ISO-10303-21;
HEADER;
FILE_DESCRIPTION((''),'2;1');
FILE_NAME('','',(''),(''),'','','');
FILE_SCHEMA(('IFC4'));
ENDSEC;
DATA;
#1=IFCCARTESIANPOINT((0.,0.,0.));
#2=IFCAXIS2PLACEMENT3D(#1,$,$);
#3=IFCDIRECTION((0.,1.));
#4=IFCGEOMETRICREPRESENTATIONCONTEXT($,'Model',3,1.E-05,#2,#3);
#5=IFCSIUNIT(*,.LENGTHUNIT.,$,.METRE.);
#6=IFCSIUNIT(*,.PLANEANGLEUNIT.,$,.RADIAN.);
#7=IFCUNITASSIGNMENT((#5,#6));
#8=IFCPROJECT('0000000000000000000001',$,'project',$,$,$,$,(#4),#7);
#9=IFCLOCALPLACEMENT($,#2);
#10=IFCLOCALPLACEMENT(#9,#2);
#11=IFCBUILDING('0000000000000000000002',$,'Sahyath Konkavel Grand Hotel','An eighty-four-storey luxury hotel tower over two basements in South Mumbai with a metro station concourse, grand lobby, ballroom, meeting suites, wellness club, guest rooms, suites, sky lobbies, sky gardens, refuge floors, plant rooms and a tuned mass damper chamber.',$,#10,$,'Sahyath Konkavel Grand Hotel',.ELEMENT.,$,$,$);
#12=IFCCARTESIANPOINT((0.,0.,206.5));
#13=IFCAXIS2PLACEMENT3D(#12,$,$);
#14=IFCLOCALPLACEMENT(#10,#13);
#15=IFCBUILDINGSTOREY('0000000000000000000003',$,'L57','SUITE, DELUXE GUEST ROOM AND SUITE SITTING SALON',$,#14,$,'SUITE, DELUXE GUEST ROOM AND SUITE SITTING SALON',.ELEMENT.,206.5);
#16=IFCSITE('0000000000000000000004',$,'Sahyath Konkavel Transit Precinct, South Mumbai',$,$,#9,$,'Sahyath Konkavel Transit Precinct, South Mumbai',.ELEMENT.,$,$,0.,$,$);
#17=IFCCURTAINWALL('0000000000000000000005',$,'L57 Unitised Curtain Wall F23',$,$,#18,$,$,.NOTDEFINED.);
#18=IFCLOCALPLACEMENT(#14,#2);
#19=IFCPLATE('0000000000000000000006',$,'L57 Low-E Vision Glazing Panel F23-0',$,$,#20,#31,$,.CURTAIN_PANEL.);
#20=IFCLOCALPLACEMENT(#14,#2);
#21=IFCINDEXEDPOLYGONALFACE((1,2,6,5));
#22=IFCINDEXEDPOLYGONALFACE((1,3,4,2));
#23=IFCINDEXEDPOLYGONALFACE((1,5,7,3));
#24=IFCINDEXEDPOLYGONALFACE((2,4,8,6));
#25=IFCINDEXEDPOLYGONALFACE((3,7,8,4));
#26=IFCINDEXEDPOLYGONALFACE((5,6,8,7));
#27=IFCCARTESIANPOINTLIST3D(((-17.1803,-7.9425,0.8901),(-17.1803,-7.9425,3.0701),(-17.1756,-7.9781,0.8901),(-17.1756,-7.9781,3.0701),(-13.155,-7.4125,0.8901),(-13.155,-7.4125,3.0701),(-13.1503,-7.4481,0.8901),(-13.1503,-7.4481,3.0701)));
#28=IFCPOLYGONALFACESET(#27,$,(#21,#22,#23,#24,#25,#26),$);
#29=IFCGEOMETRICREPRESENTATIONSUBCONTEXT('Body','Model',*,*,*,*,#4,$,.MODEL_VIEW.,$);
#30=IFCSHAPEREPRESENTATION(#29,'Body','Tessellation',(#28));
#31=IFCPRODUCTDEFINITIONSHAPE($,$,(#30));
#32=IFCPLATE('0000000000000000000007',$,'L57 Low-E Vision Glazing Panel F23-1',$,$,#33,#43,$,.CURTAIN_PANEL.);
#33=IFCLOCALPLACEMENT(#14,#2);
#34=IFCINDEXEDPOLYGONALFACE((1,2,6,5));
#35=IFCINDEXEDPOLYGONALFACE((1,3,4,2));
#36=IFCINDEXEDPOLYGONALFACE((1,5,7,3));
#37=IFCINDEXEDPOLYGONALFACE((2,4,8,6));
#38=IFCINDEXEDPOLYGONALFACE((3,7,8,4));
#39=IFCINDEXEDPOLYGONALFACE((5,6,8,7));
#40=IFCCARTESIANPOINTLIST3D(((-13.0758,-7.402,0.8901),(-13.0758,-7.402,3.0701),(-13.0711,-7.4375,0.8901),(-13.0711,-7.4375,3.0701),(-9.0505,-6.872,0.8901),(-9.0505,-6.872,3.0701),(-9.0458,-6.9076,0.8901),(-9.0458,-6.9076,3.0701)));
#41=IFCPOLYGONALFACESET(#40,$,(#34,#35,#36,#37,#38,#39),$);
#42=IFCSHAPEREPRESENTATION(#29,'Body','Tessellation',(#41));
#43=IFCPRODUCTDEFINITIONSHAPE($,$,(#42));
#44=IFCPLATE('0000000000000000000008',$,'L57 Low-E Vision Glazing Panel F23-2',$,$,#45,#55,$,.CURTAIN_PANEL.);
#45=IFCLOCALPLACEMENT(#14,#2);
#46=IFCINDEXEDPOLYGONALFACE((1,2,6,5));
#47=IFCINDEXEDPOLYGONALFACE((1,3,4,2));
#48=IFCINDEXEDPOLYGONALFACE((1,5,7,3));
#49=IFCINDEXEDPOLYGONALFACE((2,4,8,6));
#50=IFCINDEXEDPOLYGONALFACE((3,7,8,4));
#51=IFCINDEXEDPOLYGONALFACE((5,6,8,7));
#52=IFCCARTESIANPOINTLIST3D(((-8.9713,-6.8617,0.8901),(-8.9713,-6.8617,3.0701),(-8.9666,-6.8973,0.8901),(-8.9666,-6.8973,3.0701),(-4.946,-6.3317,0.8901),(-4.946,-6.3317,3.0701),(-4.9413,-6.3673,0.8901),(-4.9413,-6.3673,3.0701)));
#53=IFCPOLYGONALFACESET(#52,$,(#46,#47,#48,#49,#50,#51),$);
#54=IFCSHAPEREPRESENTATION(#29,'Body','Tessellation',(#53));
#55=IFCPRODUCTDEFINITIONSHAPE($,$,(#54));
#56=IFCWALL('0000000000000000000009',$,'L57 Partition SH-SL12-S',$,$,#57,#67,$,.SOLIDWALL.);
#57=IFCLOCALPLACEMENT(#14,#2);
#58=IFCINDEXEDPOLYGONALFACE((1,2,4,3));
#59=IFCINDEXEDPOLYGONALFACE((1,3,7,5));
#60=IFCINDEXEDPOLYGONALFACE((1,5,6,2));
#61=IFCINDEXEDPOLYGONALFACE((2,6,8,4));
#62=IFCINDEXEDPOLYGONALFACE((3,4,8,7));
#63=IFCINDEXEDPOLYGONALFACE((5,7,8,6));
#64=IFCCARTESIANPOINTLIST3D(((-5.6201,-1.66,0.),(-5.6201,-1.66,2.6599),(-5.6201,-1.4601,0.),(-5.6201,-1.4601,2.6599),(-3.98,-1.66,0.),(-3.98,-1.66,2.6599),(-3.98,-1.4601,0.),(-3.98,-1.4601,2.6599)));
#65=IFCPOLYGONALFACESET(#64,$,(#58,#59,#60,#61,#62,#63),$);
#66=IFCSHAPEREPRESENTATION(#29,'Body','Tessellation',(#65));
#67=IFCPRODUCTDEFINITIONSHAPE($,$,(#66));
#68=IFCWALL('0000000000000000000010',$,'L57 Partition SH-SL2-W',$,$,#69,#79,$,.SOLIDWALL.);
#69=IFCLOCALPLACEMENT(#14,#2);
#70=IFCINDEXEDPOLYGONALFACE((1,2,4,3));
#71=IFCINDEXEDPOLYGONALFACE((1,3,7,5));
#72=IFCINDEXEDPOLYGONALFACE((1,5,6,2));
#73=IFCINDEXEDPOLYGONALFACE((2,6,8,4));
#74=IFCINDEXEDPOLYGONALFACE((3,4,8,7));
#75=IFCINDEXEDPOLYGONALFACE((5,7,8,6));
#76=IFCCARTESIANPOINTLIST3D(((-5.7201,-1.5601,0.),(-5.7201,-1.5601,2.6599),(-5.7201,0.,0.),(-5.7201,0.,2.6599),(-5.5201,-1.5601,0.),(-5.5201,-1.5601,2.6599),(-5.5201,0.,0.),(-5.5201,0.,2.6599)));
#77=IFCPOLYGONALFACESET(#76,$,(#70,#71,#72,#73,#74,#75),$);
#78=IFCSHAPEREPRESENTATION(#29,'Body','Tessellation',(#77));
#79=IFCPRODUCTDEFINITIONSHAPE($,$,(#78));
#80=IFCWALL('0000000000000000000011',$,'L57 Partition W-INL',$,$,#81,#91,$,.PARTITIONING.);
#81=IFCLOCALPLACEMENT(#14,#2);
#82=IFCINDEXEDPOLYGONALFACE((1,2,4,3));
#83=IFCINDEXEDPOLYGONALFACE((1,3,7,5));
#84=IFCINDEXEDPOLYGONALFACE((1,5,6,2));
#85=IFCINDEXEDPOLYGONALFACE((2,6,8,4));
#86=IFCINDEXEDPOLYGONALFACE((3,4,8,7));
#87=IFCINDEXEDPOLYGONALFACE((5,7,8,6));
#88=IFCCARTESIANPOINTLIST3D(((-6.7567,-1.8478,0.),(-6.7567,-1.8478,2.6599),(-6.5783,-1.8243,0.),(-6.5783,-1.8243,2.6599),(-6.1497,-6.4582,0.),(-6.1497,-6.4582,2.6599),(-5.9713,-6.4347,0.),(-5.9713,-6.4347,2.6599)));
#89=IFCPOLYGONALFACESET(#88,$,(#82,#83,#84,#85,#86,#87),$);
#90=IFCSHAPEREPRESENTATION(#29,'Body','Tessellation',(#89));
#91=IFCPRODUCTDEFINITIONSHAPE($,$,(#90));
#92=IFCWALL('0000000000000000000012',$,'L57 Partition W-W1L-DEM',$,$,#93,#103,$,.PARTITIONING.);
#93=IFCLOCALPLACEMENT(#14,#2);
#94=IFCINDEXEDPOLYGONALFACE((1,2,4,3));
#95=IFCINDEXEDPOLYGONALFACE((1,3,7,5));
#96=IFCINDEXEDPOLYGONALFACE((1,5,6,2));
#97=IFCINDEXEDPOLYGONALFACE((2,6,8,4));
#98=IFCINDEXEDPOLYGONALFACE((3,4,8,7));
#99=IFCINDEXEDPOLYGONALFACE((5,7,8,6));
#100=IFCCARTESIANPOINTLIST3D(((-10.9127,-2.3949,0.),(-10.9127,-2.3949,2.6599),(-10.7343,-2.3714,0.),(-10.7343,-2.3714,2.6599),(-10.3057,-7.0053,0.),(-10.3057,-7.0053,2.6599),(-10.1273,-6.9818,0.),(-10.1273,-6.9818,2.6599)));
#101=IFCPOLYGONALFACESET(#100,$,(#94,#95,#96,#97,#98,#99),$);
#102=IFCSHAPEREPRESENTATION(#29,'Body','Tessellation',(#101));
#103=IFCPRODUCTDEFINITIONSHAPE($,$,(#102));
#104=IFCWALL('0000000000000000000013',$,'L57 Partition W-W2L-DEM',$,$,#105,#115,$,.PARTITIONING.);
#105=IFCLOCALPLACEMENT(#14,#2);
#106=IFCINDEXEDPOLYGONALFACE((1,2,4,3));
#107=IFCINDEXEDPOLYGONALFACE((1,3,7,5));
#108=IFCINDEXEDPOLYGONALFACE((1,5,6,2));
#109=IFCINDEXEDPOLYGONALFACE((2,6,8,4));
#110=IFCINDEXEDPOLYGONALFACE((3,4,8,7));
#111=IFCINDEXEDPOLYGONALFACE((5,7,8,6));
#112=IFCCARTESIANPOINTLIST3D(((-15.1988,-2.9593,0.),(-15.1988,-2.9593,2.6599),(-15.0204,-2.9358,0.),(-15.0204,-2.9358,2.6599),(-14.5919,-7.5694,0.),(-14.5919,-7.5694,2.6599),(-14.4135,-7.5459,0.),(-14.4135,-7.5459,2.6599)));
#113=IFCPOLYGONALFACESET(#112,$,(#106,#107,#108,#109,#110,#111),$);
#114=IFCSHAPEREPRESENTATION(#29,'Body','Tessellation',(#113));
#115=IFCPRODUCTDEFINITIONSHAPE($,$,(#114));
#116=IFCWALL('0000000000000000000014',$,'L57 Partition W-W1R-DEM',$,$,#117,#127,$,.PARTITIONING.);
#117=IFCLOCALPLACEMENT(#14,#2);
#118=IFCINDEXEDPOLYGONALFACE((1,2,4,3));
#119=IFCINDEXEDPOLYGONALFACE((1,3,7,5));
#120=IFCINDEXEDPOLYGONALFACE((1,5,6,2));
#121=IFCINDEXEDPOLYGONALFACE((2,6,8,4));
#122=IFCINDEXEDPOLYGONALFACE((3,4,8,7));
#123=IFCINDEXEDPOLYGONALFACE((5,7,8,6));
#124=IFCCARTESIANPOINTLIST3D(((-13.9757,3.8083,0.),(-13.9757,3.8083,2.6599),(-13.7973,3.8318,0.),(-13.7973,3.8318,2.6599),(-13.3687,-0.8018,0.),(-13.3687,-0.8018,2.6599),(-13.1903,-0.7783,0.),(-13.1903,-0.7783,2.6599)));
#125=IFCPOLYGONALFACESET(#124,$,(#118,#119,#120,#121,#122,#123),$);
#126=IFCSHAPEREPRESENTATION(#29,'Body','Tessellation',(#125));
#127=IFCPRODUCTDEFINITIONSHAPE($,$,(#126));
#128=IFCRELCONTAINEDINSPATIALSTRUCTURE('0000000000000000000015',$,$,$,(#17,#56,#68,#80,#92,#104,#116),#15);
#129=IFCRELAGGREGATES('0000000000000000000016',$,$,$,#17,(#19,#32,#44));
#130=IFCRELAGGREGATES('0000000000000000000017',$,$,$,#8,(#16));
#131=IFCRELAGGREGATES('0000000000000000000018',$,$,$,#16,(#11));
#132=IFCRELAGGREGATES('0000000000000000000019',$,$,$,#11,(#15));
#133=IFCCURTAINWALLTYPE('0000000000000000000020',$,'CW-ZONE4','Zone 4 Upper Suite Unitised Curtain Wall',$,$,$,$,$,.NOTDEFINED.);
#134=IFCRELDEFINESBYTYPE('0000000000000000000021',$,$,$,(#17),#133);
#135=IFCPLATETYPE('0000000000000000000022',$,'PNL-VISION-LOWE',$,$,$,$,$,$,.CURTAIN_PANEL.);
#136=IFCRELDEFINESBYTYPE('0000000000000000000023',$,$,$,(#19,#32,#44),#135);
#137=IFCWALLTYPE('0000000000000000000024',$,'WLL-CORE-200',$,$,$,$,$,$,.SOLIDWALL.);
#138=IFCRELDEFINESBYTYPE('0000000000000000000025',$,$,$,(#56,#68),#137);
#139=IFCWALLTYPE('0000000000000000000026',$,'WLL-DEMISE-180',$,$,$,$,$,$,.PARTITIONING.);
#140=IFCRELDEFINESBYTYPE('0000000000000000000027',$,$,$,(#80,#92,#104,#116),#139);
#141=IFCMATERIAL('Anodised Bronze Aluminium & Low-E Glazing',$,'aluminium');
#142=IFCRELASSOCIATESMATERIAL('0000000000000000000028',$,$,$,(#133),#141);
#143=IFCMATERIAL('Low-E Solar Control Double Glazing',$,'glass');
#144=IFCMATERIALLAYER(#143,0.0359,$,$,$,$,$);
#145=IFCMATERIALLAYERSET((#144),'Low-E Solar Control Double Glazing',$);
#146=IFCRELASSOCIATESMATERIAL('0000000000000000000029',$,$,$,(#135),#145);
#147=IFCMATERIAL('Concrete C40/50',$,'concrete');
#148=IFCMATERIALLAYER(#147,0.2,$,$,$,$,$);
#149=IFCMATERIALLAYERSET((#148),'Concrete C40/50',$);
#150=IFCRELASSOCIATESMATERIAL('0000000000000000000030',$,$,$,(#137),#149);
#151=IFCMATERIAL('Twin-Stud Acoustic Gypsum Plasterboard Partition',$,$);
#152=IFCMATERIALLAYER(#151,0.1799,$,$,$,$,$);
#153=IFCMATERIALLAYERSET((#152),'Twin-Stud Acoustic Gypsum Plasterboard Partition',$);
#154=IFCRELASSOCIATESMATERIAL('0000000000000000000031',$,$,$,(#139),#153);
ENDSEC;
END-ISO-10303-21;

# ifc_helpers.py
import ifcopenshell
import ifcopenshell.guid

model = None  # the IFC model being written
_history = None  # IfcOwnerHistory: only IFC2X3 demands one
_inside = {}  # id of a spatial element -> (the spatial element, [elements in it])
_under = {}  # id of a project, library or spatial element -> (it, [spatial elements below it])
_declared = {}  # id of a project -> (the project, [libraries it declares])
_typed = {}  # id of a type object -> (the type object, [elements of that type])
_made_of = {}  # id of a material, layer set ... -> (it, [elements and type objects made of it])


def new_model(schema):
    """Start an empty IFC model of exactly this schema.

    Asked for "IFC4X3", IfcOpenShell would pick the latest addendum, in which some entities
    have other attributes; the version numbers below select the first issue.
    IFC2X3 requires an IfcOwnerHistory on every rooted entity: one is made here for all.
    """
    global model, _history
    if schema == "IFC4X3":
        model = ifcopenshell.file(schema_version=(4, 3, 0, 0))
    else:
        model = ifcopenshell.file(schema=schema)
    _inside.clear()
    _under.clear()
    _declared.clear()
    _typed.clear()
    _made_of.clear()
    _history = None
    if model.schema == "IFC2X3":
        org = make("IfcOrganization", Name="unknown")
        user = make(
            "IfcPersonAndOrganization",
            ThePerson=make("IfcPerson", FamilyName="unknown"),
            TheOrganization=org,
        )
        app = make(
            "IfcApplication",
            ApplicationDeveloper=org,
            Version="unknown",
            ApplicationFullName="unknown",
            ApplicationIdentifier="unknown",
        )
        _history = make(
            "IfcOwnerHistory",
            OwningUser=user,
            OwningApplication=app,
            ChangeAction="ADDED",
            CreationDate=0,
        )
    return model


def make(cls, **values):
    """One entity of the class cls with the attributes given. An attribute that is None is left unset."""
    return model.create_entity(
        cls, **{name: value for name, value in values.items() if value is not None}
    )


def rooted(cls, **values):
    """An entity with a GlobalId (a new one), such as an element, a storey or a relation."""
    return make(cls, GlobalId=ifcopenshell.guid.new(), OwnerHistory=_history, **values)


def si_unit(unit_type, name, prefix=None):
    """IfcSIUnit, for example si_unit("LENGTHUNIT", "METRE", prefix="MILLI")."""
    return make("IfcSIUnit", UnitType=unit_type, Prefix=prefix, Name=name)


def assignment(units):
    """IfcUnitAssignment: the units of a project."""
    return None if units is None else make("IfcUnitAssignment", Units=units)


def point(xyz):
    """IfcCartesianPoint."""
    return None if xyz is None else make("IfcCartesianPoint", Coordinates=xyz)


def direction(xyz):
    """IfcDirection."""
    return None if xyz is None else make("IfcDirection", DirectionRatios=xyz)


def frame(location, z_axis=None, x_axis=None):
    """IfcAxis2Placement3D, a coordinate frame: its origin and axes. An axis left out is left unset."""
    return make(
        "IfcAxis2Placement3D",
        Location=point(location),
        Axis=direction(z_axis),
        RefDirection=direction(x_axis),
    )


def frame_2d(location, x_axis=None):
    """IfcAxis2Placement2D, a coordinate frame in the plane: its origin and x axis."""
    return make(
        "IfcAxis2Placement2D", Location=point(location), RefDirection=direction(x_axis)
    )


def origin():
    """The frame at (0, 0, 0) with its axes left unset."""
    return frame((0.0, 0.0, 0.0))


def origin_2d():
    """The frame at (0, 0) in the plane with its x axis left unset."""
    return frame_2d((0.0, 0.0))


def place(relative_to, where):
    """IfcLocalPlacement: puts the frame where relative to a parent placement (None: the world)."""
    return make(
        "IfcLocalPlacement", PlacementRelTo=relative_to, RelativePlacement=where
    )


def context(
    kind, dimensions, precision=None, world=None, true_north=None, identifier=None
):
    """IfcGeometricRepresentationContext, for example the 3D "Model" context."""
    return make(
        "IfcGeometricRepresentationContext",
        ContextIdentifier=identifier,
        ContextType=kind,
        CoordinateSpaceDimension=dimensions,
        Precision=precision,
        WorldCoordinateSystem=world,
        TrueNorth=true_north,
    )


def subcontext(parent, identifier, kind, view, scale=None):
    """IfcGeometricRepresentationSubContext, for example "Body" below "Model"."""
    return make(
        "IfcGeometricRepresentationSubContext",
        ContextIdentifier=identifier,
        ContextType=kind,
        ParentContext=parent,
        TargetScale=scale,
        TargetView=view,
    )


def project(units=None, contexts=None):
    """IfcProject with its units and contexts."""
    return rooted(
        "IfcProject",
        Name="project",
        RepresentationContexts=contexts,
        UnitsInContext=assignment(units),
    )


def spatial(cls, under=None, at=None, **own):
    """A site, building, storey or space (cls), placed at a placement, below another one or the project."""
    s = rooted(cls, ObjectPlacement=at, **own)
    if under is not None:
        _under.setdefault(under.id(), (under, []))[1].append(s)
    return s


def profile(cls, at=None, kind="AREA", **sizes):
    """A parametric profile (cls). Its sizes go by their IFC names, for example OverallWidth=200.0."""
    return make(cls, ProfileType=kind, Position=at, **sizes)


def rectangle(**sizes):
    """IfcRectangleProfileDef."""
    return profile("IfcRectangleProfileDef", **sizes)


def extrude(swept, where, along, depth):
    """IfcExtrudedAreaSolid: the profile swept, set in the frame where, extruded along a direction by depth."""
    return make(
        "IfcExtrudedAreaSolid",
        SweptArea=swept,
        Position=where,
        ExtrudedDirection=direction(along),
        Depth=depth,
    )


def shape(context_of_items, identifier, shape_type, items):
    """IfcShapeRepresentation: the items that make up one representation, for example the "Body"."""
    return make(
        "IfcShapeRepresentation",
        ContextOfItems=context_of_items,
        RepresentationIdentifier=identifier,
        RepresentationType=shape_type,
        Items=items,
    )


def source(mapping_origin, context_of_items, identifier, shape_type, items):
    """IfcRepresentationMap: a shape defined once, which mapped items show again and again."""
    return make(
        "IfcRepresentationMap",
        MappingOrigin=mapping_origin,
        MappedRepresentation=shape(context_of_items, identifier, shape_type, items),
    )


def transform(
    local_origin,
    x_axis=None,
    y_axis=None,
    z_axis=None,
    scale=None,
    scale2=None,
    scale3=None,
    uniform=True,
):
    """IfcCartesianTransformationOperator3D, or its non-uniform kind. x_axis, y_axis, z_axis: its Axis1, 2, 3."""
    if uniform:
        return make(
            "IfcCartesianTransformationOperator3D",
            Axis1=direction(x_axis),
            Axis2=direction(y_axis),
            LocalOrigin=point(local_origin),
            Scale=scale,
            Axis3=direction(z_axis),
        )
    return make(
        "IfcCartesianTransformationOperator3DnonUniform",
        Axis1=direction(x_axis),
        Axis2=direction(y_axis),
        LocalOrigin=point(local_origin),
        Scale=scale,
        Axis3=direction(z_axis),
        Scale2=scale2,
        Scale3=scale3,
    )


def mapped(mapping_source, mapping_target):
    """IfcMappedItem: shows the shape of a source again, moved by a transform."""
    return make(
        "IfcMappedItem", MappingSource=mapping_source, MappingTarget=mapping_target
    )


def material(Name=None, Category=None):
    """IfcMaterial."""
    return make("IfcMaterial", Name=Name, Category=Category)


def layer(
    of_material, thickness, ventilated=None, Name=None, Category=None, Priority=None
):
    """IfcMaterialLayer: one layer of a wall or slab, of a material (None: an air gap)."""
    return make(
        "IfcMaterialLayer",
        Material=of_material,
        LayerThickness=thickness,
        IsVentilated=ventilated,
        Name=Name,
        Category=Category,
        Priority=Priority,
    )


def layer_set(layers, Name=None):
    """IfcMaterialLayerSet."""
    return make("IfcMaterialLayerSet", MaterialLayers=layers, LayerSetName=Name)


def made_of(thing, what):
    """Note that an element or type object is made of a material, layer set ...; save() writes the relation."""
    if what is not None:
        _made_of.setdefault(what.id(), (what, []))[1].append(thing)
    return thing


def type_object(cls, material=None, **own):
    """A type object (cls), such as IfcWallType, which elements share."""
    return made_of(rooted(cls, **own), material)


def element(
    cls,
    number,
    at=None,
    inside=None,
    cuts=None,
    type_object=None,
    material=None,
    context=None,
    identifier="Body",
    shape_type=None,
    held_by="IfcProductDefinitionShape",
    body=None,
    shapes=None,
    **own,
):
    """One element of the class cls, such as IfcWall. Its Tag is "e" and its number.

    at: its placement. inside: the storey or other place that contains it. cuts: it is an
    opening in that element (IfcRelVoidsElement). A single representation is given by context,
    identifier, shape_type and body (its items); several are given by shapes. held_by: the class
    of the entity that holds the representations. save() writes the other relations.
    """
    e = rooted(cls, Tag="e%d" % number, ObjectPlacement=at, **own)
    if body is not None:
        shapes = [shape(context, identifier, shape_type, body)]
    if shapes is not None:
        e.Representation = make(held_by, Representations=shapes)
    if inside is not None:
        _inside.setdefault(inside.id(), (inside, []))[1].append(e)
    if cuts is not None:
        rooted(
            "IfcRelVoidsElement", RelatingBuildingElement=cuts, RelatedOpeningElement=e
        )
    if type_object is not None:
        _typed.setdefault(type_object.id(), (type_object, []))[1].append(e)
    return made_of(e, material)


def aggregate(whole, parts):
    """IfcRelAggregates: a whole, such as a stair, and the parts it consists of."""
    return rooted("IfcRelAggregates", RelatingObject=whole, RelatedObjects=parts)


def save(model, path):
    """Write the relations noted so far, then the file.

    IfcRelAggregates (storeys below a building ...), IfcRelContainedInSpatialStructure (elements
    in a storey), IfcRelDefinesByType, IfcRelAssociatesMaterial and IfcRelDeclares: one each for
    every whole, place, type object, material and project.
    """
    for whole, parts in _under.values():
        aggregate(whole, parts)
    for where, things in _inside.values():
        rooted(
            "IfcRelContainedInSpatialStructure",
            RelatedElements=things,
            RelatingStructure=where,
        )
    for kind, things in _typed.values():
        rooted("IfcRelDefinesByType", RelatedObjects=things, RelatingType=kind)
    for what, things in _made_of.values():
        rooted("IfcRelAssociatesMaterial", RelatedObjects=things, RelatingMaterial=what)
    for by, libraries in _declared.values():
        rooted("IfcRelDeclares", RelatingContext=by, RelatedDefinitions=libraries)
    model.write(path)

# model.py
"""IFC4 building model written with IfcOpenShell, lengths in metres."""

from ifc_helpers import new_model, si_unit, direction, frame, frame_2d, origin, origin_2d, place, context, subcontext, project, spatial, rectangle, extrude, source, transform, mapped, material, layer, layer_set, type_object, element, aggregate, save


model = new_model("IFC4")

# Units and contexts
model_context = context("Model", 3, precision=1e-05, world=origin(), true_north=direction((0.0, 1.0)))
body_context = subcontext(model_context, "Body", "Model", "MODEL_VIEW")
ifc_project = project(units=[si_unit("LENGTHUNIT", "METRE"), si_unit("PLANEANGLEUNIT", "RADIAN")], contexts=[model_context])

# Site, building, storey
site_placement = place(None, origin())
site = spatial("IfcSite", under=ifc_project, at=site_placement, Name="Sahyath Konkavel Transit Precinct, South Mumbai", LongName="Sahyath Konkavel Transit Precinct, South Mumbai", CompositionType="ELEMENT", RefElevation=0.0)
building_placement = place(site_placement, origin())
building = spatial("IfcBuilding", under=site, at=building_placement, Name="Sahyath Konkavel Grand Hotel", Description="An eighty-four-storey luxury hotel tower over two basements in South Mumbai with a metro station concourse, grand lobby, ballroom, meeting suites, wellness club, guest rooms, suites, sky lobbies, sky gardens, refuge floors, plant rooms and a tuned mass damper chamber.", LongName="Sahyath Konkavel Grand Hotel", CompositionType="ELEMENT")
storey_placement = place(building_placement, frame((0.0, 0.0, 206.5)))
storey = spatial("IfcBuildingStorey", under=building, at=storey_placement, Name="L57", Description="SUITE, DELUXE GUEST ROOM AND SUITE SITTING SALON", LongName="SUITE, DELUXE GUEST ROOM AND SUITE SITTING SALON", CompositionType="ELEMENT", Elevation=206.5)

# Shared definitions
ifc_material_1 = material(Name="Concrete C40/50", Category="concrete")

# Curtain wall
ifc_material_2 = material(Name="Anodised Bronze Aluminium & Low-E Glazing", Category="aluminium")
curtain_wall_type = type_object("IfcCurtainWallType", Name="CW-ZONE4", Description="Zone 4 Upper Suite Unitised Curtain Wall", PredefinedType="NOTDEFINED", material=ifc_material_2)
curtain_wall_placement = place(storey_placement, origin())
curtain_wall = element("IfcCurtainWall", 1, at=curtain_wall_placement, inside=storey, type_object=curtain_wall_type, Name="L57 Unitised Curtain Wall F23", PredefinedType="NOTDEFINED")

# Plates
ifc_material_3 = material(Name="Low-E Solar Control Double Glazing", Category="glass")
ifc_layer_1 = layer(ifc_material_3, 0.0359)
ifc_layer_set_1 = layer_set([ifc_layer_1], Name="Low-E Solar Control Double Glazing")
plate_type_1 = type_object("IfcPlateType", Name="PNL-VISION-LOWE", PredefinedType="CURTAIN_PANEL", material=ifc_layer_set_1)
shared_shape_1 = source(origin(), body_context, "Body", "SweptSolid", [
    extrude(rectangle(XDim=4.0601, YDim=0.0359, at=origin_2d()), origin(), (0.0, 0.0, 1.0), 2.1799),
])
plate_1_placement = place(storey_placement, frame((-15.1653, -7.6953, 0.8901), z_axis=(0.0, 0.0, 1.0), x_axis=(0.991445, 0.130526, 0.0)))
plate_1 = element("IfcPlate", 2, at=plate_1_placement, type_object=plate_type_1, Name="L57 Low-E Vision Glazing Panel F23-0", PredefinedType="CURTAIN_PANEL", context=body_context, shape_type="MappedRepresentation", body=[
    mapped(shared_shape_1, transform((0.0, 0.0, 0.0), scale=1.0)),
])
plate_2_placement = place(storey_placement, frame((-11.0608, -7.1548, 0.8901), z_axis=(0.0, 0.0, 1.0), x_axis=(0.991445, 0.130526, 0.0)))
plate_2 = element("IfcPlate", 3, at=plate_2_placement, type_object=plate_type_1, Name="L57 Low-E Vision Glazing Panel F23-1", PredefinedType="CURTAIN_PANEL", context=body_context, shape_type="MappedRepresentation", body=[
    mapped(shared_shape_1, transform((0.0, 0.0, 0.0), scale=1.0)),
])
plate_3_placement = place(storey_placement, frame((-6.9563, -6.6145, 0.8901), z_axis=(0.0, 0.0, 1.0), x_axis=(0.991445, 0.130526, 0.0)))
plate_3 = element("IfcPlate", 4, at=plate_3_placement, type_object=plate_type_1, Name="L57 Low-E Vision Glazing Panel F23-2", PredefinedType="CURTAIN_PANEL", context=body_context, shape_type="MappedRepresentation", body=[
    mapped(shared_shape_1, transform((0.0, 0.0, 0.0), scale=1.0)),
])
aggregate(curtain_wall, [plate_1, plate_2, plate_3])

# Walls
ifc_layer_2 = layer(ifc_material_1, 0.2)
ifc_layer_set_2 = layer_set([ifc_layer_2], Name="Concrete C40/50")
wall_type_1 = type_object("IfcWallType", Name="WLL-CORE-200", PredefinedType="SOLIDWALL", material=ifc_layer_set_2)
wall_1_placement = place(storey_placement, frame((-5.6201, -1.5601, 0.0), z_axis=(0.0, 0.0, 1.0), x_axis=(1.0, 0.0, 0.0)))
element("IfcWall", 5, at=wall_1_placement, inside=storey, type_object=wall_type_1, Name="L57 Partition SH-SL12-S", PredefinedType="SOLIDWALL", context=body_context, shape_type="SweptSolid", body=[
    extrude(rectangle(XDim=1.6401, YDim=0.2, at=frame_2d((0.8201, 0.0))), origin(), (0.0, 0.0, 1.0), 2.6599),
])
wall_2_placement = place(storey_placement, frame((-5.6201, -1.5601, 0.0), z_axis=(0.0, 0.0, 1.0), x_axis=(0.0, 1.0, 0.0)))
element("IfcWall", 6, at=wall_2_placement, inside=storey, type_object=wall_type_1, Name="L57 Partition SH-SL2-W", PredefinedType="SOLIDWALL", context=body_context, shape_type="SweptSolid", body=[
    extrude(rectangle(XDim=1.5601, YDim=0.2, at=frame_2d((0.78, 0.0))), origin(), (0.0, 0.0, 1.0), 2.6599),
])
ifc_material_4 = material(Name="Twin-Stud Acoustic Gypsum Plasterboard Partition")
ifc_layer_3 = layer(ifc_material_4, 0.1799)
ifc_layer_set_3 = layer_set([ifc_layer_3], Name="Twin-Stud Acoustic Gypsum Plasterboard Partition")
wall_type_2 = type_object("IfcWallType", Name="WLL-DEMISE-180", PredefinedType="PARTITIONING", material=ifc_layer_set_3)
for number, where, z_axis, x_axis, name in (
    (7, (-6.6675, -1.8359, 0.0), (0.0, 0.0, 1.0), (0.13052, -0.991446, 0.0), "L57 Partition W-INL"),
    (8, (-10.8235, -2.3831, 0.0), (0.0, 0.0, 1.0), (0.13052, -0.991446, 0.0), "L57 Partition W-W1L-DEM"),
):
    element("IfcWall", number, at=place(storey_placement, frame(where, z_axis=z_axis, x_axis=x_axis)), inside=storey, type_object=wall_type_2, Name=name, PredefinedType="PARTITIONING", context=body_context, shape_type="SweptSolid", body=[
        extrude(rectangle(XDim=4.6501, YDim=0.1799, at=frame_2d((2.3252, 0.0))), origin(), (0.0, 0.0, 1.0), 2.6599),
    ])
for number, where, z_axis, x_axis, name in (
    (9, (-15.1096, -2.9475, 0.0), (0.0, 0.0, 1.0), (0.130526, -0.991445, 0.0), "L57 Partition W-W2L-DEM"),
    (10, (-13.2795, -0.79, 0.0), (0.0, 0.0, 1.0), (-0.130526, 0.991445, 0.0), "L57 Partition W-W1R-DEM"),
):
    element("IfcWall", number, at=place(storey_placement, frame(where, z_axis=z_axis, x_axis=x_axis)), inside=storey, type_object=wall_type_2, Name=name, PredefinedType="PARTITIONING", context=body_context, shape_type="SweptSolid", body=[
        extrude(rectangle(XDim=4.6499, YDim=0.1799, at=frame_2d((2.325, 0.0))), origin(), (0.0, 0.0, 1.0), 2.6599),
    ])

save(model, "model.ifc")
